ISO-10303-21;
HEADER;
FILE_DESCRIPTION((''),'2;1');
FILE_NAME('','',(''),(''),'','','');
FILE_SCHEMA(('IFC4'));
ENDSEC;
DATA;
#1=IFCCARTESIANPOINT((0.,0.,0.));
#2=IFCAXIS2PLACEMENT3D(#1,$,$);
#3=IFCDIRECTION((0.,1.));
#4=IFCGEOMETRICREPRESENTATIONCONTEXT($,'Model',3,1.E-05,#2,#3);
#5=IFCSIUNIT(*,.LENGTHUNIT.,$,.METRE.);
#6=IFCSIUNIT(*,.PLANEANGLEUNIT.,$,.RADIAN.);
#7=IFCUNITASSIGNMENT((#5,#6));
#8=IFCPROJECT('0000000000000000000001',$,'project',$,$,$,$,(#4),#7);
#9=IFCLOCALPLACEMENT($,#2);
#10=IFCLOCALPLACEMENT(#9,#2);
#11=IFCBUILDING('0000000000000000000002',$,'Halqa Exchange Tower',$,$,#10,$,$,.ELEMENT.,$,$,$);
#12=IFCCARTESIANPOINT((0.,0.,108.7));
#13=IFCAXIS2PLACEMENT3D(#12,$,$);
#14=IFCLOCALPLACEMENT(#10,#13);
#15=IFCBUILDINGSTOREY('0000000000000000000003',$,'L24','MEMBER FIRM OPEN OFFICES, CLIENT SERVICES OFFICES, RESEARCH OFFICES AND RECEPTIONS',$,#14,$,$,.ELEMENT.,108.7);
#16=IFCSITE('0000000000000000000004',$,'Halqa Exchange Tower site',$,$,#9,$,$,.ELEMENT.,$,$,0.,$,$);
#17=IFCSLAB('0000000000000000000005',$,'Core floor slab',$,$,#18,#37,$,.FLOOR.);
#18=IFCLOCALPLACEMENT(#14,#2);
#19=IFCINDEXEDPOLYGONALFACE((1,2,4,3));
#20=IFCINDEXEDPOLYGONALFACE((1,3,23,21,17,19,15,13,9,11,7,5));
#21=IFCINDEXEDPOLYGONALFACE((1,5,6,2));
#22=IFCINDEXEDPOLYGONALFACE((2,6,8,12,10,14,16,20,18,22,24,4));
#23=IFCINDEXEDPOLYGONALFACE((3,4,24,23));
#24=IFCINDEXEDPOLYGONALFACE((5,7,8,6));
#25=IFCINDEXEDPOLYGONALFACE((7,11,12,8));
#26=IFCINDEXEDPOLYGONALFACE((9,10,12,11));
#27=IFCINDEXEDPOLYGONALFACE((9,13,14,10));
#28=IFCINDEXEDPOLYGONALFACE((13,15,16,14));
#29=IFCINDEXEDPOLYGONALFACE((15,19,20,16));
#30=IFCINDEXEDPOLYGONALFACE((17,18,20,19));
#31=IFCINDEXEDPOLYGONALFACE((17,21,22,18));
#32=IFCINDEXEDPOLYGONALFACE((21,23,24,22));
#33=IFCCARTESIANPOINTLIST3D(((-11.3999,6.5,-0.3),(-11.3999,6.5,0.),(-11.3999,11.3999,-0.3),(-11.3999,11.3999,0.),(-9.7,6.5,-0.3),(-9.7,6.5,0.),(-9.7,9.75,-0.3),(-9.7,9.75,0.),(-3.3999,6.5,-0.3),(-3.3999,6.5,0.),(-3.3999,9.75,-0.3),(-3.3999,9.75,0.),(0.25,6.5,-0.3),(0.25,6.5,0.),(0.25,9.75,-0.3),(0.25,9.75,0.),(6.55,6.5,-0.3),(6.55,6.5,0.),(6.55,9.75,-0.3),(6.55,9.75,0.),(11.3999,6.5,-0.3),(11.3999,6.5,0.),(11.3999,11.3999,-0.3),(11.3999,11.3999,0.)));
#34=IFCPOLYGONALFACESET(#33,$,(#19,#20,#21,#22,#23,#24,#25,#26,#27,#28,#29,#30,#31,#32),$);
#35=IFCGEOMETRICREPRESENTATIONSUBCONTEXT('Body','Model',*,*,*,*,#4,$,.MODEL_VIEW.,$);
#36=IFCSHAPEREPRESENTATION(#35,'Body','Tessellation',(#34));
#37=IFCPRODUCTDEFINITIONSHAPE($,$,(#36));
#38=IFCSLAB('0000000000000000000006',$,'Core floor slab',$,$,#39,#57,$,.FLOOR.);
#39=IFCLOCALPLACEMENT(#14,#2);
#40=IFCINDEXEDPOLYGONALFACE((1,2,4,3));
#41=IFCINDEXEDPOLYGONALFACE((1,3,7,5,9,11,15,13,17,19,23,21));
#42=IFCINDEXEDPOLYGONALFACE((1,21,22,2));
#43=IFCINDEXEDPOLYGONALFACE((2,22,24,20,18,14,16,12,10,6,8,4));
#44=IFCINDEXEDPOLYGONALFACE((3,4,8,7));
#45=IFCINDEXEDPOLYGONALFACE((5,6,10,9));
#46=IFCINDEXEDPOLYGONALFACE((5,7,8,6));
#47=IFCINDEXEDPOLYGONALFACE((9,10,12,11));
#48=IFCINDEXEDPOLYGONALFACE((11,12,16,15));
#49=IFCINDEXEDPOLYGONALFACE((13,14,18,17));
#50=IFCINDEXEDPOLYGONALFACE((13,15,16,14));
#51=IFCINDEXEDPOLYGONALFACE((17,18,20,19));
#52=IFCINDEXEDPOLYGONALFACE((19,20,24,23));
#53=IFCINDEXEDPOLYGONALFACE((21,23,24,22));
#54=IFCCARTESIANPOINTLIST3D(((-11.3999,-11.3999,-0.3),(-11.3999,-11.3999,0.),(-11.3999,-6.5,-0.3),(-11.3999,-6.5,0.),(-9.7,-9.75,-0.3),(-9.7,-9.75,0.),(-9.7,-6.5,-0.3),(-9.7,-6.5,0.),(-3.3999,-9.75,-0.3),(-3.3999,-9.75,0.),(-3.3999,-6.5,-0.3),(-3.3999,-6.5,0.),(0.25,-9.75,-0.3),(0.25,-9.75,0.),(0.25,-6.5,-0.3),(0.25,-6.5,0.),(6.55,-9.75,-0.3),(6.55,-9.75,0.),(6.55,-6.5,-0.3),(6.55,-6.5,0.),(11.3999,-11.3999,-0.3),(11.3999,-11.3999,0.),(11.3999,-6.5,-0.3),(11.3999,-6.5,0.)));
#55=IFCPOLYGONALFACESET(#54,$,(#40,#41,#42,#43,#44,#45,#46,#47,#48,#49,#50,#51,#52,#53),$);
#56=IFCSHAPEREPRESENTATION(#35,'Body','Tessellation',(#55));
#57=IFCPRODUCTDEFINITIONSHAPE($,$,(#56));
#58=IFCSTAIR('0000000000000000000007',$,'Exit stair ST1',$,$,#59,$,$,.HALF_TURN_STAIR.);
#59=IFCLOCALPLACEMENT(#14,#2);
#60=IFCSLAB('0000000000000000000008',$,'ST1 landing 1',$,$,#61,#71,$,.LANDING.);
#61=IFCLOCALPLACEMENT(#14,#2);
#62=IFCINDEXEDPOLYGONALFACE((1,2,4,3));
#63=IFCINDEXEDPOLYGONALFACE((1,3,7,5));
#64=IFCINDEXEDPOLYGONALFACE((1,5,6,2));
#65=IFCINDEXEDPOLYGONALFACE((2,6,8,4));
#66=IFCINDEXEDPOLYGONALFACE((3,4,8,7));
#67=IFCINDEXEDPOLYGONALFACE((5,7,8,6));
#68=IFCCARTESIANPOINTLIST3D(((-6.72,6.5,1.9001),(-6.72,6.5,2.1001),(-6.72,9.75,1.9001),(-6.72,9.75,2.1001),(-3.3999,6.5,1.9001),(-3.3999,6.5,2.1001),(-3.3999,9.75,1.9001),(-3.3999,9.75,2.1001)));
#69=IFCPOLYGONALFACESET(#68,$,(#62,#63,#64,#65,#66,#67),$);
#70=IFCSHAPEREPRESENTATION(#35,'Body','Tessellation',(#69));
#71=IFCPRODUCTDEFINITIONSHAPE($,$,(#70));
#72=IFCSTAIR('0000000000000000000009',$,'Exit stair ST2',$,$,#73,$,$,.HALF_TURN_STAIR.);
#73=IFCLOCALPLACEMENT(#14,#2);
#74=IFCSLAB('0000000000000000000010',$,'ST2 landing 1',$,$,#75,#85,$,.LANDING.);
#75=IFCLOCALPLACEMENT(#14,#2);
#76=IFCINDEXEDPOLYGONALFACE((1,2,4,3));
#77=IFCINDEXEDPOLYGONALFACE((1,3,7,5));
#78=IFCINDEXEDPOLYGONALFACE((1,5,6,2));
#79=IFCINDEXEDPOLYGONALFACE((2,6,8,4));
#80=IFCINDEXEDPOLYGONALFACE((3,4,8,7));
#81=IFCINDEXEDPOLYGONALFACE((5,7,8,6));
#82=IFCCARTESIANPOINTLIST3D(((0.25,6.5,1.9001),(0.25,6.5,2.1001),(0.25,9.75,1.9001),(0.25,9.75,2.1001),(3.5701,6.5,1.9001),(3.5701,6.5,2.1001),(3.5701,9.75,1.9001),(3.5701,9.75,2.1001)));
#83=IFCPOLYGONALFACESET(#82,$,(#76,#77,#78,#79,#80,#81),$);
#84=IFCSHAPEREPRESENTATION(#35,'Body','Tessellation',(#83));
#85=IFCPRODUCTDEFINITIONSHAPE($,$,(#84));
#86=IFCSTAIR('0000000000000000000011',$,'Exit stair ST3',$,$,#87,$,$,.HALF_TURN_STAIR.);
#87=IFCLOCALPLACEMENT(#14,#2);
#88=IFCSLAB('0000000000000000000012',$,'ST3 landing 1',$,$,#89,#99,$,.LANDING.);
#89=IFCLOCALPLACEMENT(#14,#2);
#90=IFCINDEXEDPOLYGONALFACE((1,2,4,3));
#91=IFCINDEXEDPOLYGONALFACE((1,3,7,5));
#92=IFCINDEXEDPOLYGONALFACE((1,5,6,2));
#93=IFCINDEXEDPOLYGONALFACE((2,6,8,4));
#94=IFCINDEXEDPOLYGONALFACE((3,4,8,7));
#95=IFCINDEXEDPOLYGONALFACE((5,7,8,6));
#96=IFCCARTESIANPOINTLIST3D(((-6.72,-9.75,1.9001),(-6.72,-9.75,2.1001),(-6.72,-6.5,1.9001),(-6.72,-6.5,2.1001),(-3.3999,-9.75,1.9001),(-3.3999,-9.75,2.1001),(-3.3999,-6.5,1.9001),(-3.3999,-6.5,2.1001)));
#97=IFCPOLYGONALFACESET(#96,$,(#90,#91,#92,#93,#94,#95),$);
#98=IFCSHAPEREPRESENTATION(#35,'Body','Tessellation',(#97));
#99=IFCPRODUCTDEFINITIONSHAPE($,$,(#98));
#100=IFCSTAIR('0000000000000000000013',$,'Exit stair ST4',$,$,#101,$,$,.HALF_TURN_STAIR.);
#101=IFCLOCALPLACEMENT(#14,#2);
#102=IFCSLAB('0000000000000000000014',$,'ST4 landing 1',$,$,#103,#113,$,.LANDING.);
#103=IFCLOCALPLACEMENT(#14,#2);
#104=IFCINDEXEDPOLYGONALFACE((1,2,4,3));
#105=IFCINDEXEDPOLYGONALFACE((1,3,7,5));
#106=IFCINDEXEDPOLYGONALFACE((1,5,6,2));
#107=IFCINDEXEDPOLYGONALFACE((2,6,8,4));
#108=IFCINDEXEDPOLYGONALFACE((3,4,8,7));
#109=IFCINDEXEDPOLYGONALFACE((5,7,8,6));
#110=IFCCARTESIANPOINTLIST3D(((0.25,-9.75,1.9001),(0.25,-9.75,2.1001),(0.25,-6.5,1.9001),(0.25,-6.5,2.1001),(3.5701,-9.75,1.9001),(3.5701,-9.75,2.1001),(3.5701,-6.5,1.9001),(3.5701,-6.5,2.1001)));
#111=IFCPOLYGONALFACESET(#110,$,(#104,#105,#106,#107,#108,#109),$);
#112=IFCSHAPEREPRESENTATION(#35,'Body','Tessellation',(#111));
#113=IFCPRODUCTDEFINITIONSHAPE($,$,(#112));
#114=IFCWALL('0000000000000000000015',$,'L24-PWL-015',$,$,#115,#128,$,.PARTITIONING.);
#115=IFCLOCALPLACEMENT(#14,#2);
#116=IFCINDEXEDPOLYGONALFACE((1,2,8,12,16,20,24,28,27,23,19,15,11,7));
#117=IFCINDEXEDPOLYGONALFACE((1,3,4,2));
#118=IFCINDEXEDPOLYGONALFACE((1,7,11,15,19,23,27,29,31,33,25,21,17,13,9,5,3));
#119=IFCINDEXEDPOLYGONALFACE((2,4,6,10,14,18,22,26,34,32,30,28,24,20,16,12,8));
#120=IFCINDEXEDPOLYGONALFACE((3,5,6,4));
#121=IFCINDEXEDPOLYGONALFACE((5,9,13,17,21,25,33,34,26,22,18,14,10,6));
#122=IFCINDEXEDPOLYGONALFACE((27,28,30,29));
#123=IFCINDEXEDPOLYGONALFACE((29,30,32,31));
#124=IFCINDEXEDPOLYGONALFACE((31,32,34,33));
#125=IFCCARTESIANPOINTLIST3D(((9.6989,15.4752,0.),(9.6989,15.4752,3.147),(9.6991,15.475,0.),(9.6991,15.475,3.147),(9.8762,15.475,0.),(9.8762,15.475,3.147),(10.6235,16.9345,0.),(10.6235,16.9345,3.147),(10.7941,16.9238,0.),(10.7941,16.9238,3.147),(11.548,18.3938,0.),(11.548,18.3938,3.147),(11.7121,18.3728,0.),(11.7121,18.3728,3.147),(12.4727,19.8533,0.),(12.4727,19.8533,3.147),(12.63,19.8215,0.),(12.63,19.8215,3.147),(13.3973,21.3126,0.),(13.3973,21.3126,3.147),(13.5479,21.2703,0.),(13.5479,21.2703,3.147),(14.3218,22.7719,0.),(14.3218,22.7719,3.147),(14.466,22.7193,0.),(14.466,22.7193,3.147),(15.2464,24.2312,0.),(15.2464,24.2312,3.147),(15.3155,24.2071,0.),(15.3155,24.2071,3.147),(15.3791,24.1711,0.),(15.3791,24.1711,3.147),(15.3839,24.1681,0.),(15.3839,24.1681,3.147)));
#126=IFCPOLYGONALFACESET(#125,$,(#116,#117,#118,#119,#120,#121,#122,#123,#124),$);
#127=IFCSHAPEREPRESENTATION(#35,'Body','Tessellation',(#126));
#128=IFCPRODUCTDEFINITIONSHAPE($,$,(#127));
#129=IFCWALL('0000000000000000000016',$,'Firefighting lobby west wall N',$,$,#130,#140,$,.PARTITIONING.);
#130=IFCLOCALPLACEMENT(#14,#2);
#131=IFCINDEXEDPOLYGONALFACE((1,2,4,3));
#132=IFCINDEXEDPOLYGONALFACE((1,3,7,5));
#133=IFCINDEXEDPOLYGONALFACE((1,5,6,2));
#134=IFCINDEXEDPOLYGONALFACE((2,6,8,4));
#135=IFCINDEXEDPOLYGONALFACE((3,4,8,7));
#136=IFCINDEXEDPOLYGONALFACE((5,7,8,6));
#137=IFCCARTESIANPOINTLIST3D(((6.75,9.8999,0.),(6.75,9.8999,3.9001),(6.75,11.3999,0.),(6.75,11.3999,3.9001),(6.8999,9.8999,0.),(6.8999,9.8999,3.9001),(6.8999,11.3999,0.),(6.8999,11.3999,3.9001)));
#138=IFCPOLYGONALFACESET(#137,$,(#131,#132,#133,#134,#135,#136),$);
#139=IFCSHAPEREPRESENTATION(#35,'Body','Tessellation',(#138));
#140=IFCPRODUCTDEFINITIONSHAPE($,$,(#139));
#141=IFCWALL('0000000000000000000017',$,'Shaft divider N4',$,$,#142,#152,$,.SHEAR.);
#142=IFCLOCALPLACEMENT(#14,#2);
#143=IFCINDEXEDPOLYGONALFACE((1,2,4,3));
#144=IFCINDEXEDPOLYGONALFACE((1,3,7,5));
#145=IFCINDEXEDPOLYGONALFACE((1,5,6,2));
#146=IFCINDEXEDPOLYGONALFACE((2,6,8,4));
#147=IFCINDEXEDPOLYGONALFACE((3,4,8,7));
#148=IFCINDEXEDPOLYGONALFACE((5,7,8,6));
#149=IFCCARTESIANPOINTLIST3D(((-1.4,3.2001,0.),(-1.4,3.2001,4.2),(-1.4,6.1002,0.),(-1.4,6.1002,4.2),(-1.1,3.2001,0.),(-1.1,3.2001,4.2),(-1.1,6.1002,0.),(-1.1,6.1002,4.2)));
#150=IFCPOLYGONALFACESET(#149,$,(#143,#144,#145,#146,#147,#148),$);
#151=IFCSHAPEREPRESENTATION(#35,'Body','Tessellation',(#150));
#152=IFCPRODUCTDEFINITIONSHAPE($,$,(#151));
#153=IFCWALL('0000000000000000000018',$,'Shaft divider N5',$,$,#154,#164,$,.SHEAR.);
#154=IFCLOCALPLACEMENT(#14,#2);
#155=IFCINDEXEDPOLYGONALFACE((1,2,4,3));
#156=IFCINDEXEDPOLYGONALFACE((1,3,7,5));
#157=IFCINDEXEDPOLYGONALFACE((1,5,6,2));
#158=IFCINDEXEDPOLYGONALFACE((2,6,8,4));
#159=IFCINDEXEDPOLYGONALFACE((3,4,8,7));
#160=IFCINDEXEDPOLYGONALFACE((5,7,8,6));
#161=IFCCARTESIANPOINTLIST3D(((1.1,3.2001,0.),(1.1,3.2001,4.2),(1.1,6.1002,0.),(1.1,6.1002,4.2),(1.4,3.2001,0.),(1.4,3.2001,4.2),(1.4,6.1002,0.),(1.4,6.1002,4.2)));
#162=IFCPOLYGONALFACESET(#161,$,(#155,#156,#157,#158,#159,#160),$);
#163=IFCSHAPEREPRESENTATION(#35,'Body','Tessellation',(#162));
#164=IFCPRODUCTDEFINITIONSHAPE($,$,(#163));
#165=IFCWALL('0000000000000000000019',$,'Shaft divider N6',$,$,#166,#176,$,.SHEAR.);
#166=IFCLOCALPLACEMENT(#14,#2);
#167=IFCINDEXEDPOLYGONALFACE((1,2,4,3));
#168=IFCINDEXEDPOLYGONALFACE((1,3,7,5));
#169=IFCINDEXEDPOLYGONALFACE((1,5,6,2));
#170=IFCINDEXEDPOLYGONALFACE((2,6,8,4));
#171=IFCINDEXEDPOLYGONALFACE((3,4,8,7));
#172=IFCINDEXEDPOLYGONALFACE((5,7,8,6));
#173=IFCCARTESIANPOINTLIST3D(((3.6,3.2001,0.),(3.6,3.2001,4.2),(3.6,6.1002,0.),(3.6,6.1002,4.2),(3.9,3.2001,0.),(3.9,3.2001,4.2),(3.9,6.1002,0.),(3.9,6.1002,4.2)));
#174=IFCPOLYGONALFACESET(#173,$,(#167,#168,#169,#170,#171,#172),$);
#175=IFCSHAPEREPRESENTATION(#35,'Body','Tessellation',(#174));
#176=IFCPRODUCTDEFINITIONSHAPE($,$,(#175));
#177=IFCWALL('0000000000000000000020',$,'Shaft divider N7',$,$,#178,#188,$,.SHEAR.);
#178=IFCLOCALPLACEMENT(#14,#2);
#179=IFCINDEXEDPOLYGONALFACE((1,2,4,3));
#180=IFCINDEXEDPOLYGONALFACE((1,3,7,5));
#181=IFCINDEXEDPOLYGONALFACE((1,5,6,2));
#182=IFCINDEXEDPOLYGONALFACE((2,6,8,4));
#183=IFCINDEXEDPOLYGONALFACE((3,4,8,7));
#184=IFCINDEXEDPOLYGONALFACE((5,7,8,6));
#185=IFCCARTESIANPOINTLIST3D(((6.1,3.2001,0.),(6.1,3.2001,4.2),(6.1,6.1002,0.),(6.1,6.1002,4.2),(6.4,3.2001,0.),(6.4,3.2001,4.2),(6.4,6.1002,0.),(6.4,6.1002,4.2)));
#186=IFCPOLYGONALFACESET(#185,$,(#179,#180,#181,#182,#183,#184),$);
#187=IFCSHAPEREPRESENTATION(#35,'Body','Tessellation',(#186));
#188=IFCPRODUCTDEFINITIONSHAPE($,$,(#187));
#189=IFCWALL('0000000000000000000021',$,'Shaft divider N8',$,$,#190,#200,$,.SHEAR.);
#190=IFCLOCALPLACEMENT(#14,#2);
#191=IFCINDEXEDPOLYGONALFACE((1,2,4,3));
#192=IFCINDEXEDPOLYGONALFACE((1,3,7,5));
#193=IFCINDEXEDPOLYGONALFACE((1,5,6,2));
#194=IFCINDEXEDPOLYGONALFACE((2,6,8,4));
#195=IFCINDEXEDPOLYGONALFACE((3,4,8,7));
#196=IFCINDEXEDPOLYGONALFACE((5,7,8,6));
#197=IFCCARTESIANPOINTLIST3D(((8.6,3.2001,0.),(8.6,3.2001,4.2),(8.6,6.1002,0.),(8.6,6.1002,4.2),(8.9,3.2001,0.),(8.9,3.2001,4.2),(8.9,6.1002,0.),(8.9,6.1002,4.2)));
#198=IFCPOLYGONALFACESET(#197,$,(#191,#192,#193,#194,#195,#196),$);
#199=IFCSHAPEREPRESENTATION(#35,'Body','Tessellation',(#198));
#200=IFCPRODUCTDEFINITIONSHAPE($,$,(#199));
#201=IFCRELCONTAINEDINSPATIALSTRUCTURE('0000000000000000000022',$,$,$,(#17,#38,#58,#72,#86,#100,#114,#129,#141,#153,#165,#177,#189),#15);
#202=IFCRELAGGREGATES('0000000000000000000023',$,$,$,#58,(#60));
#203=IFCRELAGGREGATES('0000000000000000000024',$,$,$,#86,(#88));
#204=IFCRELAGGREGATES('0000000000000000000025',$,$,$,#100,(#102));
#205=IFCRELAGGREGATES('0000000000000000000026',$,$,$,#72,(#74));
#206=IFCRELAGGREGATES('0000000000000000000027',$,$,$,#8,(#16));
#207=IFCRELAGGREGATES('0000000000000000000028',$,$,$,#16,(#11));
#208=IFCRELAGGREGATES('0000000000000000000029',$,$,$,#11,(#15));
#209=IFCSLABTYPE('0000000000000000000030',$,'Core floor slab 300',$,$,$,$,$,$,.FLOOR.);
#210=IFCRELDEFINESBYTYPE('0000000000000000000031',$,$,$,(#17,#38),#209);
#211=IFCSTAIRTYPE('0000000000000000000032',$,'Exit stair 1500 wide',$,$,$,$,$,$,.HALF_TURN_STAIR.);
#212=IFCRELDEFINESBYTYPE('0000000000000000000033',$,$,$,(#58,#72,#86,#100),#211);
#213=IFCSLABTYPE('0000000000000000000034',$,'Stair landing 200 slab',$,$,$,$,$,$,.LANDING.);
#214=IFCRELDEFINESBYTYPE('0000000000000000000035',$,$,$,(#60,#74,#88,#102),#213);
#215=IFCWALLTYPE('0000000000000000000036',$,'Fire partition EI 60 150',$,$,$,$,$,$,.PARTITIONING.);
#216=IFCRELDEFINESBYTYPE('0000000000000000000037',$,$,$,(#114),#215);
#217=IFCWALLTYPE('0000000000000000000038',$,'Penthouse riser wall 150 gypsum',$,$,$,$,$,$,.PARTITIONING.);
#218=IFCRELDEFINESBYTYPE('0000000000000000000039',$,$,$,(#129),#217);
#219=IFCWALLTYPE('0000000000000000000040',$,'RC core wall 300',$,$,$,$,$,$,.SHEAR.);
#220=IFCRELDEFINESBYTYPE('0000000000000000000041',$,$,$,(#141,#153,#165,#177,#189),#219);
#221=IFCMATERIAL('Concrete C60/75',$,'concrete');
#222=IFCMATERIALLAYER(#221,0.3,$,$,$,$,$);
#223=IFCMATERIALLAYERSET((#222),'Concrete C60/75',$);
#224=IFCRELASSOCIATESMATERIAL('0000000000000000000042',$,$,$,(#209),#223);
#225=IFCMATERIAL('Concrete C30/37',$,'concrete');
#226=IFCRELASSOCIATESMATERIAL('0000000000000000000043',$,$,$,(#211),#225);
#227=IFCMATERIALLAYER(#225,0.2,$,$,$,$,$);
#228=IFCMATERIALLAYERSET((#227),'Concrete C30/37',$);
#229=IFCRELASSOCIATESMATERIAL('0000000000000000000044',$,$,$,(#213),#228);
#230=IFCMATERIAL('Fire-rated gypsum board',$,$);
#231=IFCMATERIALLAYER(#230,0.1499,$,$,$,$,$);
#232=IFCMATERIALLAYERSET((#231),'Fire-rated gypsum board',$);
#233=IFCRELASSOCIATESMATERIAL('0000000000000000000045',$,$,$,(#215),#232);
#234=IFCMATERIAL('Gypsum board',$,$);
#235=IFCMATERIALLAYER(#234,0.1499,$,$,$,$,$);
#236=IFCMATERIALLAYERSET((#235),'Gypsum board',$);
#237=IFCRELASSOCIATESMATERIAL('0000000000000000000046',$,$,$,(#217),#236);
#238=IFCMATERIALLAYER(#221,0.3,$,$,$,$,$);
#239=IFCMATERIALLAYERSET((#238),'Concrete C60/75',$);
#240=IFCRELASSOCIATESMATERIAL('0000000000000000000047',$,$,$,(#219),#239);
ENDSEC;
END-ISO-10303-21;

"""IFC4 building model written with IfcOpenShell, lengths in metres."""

from ifc_helpers import new_model, si_unit, direction, frame, frame_2d, origin, place, context, subcontext, project, spatial, polyline, rectangle, outline, extrude, material, layer, layer_set, type_object, element, aggregate, save


model = new_model("IFC4")

# Units and contexts
model_context = context("Model", 3, precision=1e-05, world=origin(), true_north=direction((0.0, 1.0)))
body_context = subcontext(model_context, "Body", "Model", "MODEL_VIEW")
ifc_project = project(units=[si_unit("LENGTHUNIT", "METRE"), si_unit("PLANEANGLEUNIT", "RADIAN")], contexts=[model_context])

# Site, building, storey
site_placement = place(None, origin())
site = spatial("IfcSite", under=ifc_project, at=site_placement, Name="Halqa Exchange Tower site", CompositionType="ELEMENT", RefElevation=0.0)
building_placement = place(site_placement, origin())
building = spatial("IfcBuilding", under=site, at=building_placement, Name="Halqa Exchange Tower", CompositionType="ELEMENT")
storey_placement = place(building_placement, frame((0.0, 0.0, 108.7)))
storey = spatial("IfcBuildingStorey", under=building, at=storey_placement, Name="L24", Description="MEMBER FIRM OPEN OFFICES, CLIENT SERVICES OFFICES, RESEARCH OFFICES AND RECEPTIONS", CompositionType="ELEMENT", Elevation=108.7)

# Shared definitions
ifc_material_1 = material(Name="Concrete C60/75", Category="concrete")

# Slabs
ifc_layer_1 = layer(ifc_material_1, 0.3)
ifc_layer_set_1 = layer_set([ifc_layer_1], Name="Concrete C60/75")
slab_type_1 = type_object("IfcSlabType", Name="Core floor slab 300", PredefinedType="FLOOR", material=ifc_layer_set_1)
slab_1_placement = place(storey_placement, frame((0.0, 0.0, -0.3)))
element("IfcSlab", 1, at=slab_1_placement, inside=storey, type_object=slab_type_1, Name="Core floor slab", PredefinedType="FLOOR", context=body_context, shape_type="SweptSolid", body=[
    extrude(outline(polyline([(-11.3999, 11.3999), (11.3999, 11.3999), (11.3999, 6.5), (6.55, 6.5), (6.55, 9.75), (0.25, 9.75), (0.25, 6.5), (-3.3999, 6.5), (-3.3999, 9.75), (-9.7, 9.75), (-9.7, 6.5), (-11.3999, 6.5), (-11.3999, 11.3999)])), origin(), (0.0, 0.0, 1.0), 0.3),
])
slab_2_placement = place(storey_placement, frame((0.0, 0.0, -0.3)))
element("IfcSlab", 2, at=slab_2_placement, inside=storey, type_object=slab_type_1, Name="Core floor slab", PredefinedType="FLOOR", context=body_context, shape_type="SweptSolid", body=[
    extrude(outline(polyline([(-9.7, -9.75), (-3.3999, -9.75), (-3.3999, -6.5), (0.25, -6.5), (0.25, -9.75), (6.55, -9.75), (6.55, -6.5), (11.3999, -6.5), (11.3999, -11.3999), (-11.3999, -11.3999), (-11.3999, -6.5), (-9.7, -6.5), (-9.7, -9.75)])), origin(), (0.0, 0.0, 1.0), 0.3),
])

# Stairs, slabs
ifc_material_2 = material(Name="Concrete C30/37", Category="concrete")
stair_type = type_object("IfcStairType", Name="Exit stair 1500 wide", PredefinedType="HALF_TURN_STAIR", material=ifc_material_2)
stair_1_placement = place(storey_placement, origin())
stair_1 = element("IfcStair", 3, at=stair_1_placement, inside=storey, type_object=stair_type, Name="Exit stair ST1", PredefinedType="HALF_TURN_STAIR")
ifc_layer_2 = layer(ifc_material_2, 0.2)
ifc_layer_set_2 = layer_set([ifc_layer_2], Name="Concrete C30/37")
slab_type_2 = type_object("IfcSlabType", Name="Stair landing 200 slab", PredefinedType="LANDING", material=ifc_layer_set_2)
slab_3_placement = place(storey_placement, frame((0.0, 0.0, 1.9001)))
slab_3 = element("IfcSlab", 4, at=slab_3_placement, type_object=slab_type_2, Name="ST1 landing 1", PredefinedType="LANDING", context=body_context, shape_type="SweptSolid", body=[
    extrude(outline(polyline([(-6.72, 6.5), (-3.3999, 6.5), (-3.3999, 9.75), (-6.72, 9.75), (-6.72, 6.5)])), origin(), (0.0, 0.0, 1.0), 0.2),
])
aggregate(stair_1, [slab_3])
stair_2_placement = place(storey_placement, origin())
stair_2 = element("IfcStair", 5, at=stair_2_placement, inside=storey, type_object=stair_type, Name="Exit stair ST2", PredefinedType="HALF_TURN_STAIR")
slab_4_placement = place(storey_placement, frame((0.0, 0.0, 1.9001)))
slab_4 = element("IfcSlab", 6, at=slab_4_placement, type_object=slab_type_2, Name="ST2 landing 1", PredefinedType="LANDING", context=body_context, shape_type="SweptSolid", body=[
    extrude(outline(polyline([(0.25, 6.5), (3.5701, 6.5), (3.5701, 9.75), (0.25, 9.75), (0.25, 6.5)])), origin(), (0.0, 0.0, 1.0), 0.2),
])
stair_3_placement = place(storey_placement, origin())
stair_3 = element("IfcStair", 7, at=stair_3_placement, inside=storey, type_object=stair_type, Name="Exit stair ST3", PredefinedType="HALF_TURN_STAIR")
slab_5_placement = place(storey_placement, frame((0.0, 0.0, 1.9001)))
slab_5 = element("IfcSlab", 8, at=slab_5_placement, type_object=slab_type_2, Name="ST3 landing 1", PredefinedType="LANDING", context=body_context, shape_type="SweptSolid", body=[
    extrude(outline(polyline([(-6.72, -9.75), (-3.3999, -9.75), (-3.3999, -6.5), (-6.72, -6.5), (-6.72, -9.75)])), origin(), (0.0, 0.0, 1.0), 0.2),
])
aggregate(stair_3, [slab_5])
stair_4_placement = place(storey_placement, origin())
stair_4 = element("IfcStair", 9, at=stair_4_placement, inside=storey, type_object=stair_type, Name="Exit stair ST4", PredefinedType="HALF_TURN_STAIR")
slab_6_placement = place(storey_placement, frame((0.0, 0.0, 1.9001)))
slab_6 = element("IfcSlab", 10, at=slab_6_placement, type_object=slab_type_2, Name="ST4 landing 1", PredefinedType="LANDING", context=body_context, shape_type="SweptSolid", body=[
    extrude(outline(polyline([(0.25, -9.75), (3.5701, -9.75), (3.5701, -6.5), (0.25, -6.5), (0.25, -9.75)])), origin(), (0.0, 0.0, 1.0), 0.2),
])
aggregate(stair_4, [slab_6])

# Walls
ifc_material_3 = material(Name="Fire-rated gypsum board")
ifc_layer_3 = layer(ifc_material_3, 0.1499)
ifc_layer_set_3 = layer_set([ifc_layer_3], Name="Fire-rated gypsum board")
wall_type_1 = type_object("IfcWallType", Name="Fire partition EI 60 150", PredefinedType="PARTITIONING", material=ifc_layer_set_3)
wall_1_placement = place(storey_placement, frame((9.7622, 15.4351, 0.0), z_axis=(0.0, 0.0, 1.0), x_axis=(0.535189, 0.844732, 0.0)))
element("IfcWall", 11, at=wall_1_placement, inside=storey, type_object=wall_type_1, Name="L24-PWL-015", PredefinedType="PARTITIONING", context=body_context, shape_type="SweptSolid", body=[
    extrude(outline(polyline([(10.3857, -0.075), (10.3857, -0.0693), (10.3821, 0.0037), (10.3655, 0.075), (8.6379, 0.075), (6.9104, 0.075), (5.1829, 0.075), (3.4551, 0.075), (1.7275, 0.075), (0.0, 0.075), (0.0, 0.0747), (0.0947, -0.075), (1.8098, -0.075), (3.5251, -0.075), (5.2402, -0.075), (6.9553, -0.075), (8.6707, -0.075), (10.3857, -0.075)])), origin(), (0.0, 0.0, 1.0), 3.147),
])
ifc_material_4 = material(Name="Gypsum board")
ifc_layer_4 = layer(ifc_material_4, 0.1499)
ifc_layer_set_4 = layer_set([ifc_layer_4], Name="Gypsum board")
wall_type_2 = type_object("IfcWallType", Name="Penthouse riser wall 150 gypsum", PredefinedType="PARTITIONING", material=ifc_layer_set_4)
wall_2_placement = place(storey_placement, frame((6.825, 9.8999, 0.0), z_axis=(0.0, 0.0, 1.0), x_axis=(0.0, 1.0, 0.0)))
element("IfcWall", 12, at=wall_2_placement, inside=storey, type_object=wall_type_2, Name="Firefighting lobby west wall N", PredefinedType="PARTITIONING", context=body_context, shape_type="SweptSolid", body=[
    extrude(rectangle(XDim=1.5, YDim=0.1499, at=frame_2d((0.75, 0.0))), origin(), (0.0, 0.0, 1.0), 3.9001),
])
ifc_layer_5 = layer(ifc_material_1, 0.3)
ifc_layer_set_5 = layer_set([ifc_layer_5], Name="Concrete C60/75")
wall_type_3 = type_object("IfcWallType", Name="RC core wall 300", PredefinedType="SHEAR", material=ifc_layer_set_5)
for number, where, z_axis, x_axis, name in (
    (13, (-1.25, 3.2, 0.0), (0.0, 0.0, 1.0), (0.0, 1.0, 0.0), "Shaft divider N4"),
    (14, (1.25, 3.2, 0.0), (0.0, 0.0, 1.0), (0.0, 1.0, 0.0), "Shaft divider N5"),
    (15, (3.75, 3.2, 0.0), (0.0, 0.0, 1.0), (0.0, 1.0, 0.0), "Shaft divider N6"),
    (16, (6.25, 3.2, 0.0), (0.0, 0.0, 1.0), (0.0, 1.0, 0.0), "Shaft divider N7"),
    (17, (8.75, 3.2, 0.0), (0.0, 0.0, 1.0), (0.0, 1.0, 0.0), "Shaft divider N8"),
):
    element("IfcWall", number, at=place(storey_placement, frame(where, z_axis=z_axis, x_axis=x_axis)), inside=storey, type_object=wall_type_3, Name=name, PredefinedType="SHEAR", context=body_context, shape_type="SweptSolid", body=[
        extrude(rectangle(XDim=2.9001, YDim=0.3, at=frame_2d((1.4502, 0.0))), origin(), (0.0, 0.0, 1.0), 4.2),
    ])

aggregate(stair_2, [slab_4])

save(model, "model.ifc")
